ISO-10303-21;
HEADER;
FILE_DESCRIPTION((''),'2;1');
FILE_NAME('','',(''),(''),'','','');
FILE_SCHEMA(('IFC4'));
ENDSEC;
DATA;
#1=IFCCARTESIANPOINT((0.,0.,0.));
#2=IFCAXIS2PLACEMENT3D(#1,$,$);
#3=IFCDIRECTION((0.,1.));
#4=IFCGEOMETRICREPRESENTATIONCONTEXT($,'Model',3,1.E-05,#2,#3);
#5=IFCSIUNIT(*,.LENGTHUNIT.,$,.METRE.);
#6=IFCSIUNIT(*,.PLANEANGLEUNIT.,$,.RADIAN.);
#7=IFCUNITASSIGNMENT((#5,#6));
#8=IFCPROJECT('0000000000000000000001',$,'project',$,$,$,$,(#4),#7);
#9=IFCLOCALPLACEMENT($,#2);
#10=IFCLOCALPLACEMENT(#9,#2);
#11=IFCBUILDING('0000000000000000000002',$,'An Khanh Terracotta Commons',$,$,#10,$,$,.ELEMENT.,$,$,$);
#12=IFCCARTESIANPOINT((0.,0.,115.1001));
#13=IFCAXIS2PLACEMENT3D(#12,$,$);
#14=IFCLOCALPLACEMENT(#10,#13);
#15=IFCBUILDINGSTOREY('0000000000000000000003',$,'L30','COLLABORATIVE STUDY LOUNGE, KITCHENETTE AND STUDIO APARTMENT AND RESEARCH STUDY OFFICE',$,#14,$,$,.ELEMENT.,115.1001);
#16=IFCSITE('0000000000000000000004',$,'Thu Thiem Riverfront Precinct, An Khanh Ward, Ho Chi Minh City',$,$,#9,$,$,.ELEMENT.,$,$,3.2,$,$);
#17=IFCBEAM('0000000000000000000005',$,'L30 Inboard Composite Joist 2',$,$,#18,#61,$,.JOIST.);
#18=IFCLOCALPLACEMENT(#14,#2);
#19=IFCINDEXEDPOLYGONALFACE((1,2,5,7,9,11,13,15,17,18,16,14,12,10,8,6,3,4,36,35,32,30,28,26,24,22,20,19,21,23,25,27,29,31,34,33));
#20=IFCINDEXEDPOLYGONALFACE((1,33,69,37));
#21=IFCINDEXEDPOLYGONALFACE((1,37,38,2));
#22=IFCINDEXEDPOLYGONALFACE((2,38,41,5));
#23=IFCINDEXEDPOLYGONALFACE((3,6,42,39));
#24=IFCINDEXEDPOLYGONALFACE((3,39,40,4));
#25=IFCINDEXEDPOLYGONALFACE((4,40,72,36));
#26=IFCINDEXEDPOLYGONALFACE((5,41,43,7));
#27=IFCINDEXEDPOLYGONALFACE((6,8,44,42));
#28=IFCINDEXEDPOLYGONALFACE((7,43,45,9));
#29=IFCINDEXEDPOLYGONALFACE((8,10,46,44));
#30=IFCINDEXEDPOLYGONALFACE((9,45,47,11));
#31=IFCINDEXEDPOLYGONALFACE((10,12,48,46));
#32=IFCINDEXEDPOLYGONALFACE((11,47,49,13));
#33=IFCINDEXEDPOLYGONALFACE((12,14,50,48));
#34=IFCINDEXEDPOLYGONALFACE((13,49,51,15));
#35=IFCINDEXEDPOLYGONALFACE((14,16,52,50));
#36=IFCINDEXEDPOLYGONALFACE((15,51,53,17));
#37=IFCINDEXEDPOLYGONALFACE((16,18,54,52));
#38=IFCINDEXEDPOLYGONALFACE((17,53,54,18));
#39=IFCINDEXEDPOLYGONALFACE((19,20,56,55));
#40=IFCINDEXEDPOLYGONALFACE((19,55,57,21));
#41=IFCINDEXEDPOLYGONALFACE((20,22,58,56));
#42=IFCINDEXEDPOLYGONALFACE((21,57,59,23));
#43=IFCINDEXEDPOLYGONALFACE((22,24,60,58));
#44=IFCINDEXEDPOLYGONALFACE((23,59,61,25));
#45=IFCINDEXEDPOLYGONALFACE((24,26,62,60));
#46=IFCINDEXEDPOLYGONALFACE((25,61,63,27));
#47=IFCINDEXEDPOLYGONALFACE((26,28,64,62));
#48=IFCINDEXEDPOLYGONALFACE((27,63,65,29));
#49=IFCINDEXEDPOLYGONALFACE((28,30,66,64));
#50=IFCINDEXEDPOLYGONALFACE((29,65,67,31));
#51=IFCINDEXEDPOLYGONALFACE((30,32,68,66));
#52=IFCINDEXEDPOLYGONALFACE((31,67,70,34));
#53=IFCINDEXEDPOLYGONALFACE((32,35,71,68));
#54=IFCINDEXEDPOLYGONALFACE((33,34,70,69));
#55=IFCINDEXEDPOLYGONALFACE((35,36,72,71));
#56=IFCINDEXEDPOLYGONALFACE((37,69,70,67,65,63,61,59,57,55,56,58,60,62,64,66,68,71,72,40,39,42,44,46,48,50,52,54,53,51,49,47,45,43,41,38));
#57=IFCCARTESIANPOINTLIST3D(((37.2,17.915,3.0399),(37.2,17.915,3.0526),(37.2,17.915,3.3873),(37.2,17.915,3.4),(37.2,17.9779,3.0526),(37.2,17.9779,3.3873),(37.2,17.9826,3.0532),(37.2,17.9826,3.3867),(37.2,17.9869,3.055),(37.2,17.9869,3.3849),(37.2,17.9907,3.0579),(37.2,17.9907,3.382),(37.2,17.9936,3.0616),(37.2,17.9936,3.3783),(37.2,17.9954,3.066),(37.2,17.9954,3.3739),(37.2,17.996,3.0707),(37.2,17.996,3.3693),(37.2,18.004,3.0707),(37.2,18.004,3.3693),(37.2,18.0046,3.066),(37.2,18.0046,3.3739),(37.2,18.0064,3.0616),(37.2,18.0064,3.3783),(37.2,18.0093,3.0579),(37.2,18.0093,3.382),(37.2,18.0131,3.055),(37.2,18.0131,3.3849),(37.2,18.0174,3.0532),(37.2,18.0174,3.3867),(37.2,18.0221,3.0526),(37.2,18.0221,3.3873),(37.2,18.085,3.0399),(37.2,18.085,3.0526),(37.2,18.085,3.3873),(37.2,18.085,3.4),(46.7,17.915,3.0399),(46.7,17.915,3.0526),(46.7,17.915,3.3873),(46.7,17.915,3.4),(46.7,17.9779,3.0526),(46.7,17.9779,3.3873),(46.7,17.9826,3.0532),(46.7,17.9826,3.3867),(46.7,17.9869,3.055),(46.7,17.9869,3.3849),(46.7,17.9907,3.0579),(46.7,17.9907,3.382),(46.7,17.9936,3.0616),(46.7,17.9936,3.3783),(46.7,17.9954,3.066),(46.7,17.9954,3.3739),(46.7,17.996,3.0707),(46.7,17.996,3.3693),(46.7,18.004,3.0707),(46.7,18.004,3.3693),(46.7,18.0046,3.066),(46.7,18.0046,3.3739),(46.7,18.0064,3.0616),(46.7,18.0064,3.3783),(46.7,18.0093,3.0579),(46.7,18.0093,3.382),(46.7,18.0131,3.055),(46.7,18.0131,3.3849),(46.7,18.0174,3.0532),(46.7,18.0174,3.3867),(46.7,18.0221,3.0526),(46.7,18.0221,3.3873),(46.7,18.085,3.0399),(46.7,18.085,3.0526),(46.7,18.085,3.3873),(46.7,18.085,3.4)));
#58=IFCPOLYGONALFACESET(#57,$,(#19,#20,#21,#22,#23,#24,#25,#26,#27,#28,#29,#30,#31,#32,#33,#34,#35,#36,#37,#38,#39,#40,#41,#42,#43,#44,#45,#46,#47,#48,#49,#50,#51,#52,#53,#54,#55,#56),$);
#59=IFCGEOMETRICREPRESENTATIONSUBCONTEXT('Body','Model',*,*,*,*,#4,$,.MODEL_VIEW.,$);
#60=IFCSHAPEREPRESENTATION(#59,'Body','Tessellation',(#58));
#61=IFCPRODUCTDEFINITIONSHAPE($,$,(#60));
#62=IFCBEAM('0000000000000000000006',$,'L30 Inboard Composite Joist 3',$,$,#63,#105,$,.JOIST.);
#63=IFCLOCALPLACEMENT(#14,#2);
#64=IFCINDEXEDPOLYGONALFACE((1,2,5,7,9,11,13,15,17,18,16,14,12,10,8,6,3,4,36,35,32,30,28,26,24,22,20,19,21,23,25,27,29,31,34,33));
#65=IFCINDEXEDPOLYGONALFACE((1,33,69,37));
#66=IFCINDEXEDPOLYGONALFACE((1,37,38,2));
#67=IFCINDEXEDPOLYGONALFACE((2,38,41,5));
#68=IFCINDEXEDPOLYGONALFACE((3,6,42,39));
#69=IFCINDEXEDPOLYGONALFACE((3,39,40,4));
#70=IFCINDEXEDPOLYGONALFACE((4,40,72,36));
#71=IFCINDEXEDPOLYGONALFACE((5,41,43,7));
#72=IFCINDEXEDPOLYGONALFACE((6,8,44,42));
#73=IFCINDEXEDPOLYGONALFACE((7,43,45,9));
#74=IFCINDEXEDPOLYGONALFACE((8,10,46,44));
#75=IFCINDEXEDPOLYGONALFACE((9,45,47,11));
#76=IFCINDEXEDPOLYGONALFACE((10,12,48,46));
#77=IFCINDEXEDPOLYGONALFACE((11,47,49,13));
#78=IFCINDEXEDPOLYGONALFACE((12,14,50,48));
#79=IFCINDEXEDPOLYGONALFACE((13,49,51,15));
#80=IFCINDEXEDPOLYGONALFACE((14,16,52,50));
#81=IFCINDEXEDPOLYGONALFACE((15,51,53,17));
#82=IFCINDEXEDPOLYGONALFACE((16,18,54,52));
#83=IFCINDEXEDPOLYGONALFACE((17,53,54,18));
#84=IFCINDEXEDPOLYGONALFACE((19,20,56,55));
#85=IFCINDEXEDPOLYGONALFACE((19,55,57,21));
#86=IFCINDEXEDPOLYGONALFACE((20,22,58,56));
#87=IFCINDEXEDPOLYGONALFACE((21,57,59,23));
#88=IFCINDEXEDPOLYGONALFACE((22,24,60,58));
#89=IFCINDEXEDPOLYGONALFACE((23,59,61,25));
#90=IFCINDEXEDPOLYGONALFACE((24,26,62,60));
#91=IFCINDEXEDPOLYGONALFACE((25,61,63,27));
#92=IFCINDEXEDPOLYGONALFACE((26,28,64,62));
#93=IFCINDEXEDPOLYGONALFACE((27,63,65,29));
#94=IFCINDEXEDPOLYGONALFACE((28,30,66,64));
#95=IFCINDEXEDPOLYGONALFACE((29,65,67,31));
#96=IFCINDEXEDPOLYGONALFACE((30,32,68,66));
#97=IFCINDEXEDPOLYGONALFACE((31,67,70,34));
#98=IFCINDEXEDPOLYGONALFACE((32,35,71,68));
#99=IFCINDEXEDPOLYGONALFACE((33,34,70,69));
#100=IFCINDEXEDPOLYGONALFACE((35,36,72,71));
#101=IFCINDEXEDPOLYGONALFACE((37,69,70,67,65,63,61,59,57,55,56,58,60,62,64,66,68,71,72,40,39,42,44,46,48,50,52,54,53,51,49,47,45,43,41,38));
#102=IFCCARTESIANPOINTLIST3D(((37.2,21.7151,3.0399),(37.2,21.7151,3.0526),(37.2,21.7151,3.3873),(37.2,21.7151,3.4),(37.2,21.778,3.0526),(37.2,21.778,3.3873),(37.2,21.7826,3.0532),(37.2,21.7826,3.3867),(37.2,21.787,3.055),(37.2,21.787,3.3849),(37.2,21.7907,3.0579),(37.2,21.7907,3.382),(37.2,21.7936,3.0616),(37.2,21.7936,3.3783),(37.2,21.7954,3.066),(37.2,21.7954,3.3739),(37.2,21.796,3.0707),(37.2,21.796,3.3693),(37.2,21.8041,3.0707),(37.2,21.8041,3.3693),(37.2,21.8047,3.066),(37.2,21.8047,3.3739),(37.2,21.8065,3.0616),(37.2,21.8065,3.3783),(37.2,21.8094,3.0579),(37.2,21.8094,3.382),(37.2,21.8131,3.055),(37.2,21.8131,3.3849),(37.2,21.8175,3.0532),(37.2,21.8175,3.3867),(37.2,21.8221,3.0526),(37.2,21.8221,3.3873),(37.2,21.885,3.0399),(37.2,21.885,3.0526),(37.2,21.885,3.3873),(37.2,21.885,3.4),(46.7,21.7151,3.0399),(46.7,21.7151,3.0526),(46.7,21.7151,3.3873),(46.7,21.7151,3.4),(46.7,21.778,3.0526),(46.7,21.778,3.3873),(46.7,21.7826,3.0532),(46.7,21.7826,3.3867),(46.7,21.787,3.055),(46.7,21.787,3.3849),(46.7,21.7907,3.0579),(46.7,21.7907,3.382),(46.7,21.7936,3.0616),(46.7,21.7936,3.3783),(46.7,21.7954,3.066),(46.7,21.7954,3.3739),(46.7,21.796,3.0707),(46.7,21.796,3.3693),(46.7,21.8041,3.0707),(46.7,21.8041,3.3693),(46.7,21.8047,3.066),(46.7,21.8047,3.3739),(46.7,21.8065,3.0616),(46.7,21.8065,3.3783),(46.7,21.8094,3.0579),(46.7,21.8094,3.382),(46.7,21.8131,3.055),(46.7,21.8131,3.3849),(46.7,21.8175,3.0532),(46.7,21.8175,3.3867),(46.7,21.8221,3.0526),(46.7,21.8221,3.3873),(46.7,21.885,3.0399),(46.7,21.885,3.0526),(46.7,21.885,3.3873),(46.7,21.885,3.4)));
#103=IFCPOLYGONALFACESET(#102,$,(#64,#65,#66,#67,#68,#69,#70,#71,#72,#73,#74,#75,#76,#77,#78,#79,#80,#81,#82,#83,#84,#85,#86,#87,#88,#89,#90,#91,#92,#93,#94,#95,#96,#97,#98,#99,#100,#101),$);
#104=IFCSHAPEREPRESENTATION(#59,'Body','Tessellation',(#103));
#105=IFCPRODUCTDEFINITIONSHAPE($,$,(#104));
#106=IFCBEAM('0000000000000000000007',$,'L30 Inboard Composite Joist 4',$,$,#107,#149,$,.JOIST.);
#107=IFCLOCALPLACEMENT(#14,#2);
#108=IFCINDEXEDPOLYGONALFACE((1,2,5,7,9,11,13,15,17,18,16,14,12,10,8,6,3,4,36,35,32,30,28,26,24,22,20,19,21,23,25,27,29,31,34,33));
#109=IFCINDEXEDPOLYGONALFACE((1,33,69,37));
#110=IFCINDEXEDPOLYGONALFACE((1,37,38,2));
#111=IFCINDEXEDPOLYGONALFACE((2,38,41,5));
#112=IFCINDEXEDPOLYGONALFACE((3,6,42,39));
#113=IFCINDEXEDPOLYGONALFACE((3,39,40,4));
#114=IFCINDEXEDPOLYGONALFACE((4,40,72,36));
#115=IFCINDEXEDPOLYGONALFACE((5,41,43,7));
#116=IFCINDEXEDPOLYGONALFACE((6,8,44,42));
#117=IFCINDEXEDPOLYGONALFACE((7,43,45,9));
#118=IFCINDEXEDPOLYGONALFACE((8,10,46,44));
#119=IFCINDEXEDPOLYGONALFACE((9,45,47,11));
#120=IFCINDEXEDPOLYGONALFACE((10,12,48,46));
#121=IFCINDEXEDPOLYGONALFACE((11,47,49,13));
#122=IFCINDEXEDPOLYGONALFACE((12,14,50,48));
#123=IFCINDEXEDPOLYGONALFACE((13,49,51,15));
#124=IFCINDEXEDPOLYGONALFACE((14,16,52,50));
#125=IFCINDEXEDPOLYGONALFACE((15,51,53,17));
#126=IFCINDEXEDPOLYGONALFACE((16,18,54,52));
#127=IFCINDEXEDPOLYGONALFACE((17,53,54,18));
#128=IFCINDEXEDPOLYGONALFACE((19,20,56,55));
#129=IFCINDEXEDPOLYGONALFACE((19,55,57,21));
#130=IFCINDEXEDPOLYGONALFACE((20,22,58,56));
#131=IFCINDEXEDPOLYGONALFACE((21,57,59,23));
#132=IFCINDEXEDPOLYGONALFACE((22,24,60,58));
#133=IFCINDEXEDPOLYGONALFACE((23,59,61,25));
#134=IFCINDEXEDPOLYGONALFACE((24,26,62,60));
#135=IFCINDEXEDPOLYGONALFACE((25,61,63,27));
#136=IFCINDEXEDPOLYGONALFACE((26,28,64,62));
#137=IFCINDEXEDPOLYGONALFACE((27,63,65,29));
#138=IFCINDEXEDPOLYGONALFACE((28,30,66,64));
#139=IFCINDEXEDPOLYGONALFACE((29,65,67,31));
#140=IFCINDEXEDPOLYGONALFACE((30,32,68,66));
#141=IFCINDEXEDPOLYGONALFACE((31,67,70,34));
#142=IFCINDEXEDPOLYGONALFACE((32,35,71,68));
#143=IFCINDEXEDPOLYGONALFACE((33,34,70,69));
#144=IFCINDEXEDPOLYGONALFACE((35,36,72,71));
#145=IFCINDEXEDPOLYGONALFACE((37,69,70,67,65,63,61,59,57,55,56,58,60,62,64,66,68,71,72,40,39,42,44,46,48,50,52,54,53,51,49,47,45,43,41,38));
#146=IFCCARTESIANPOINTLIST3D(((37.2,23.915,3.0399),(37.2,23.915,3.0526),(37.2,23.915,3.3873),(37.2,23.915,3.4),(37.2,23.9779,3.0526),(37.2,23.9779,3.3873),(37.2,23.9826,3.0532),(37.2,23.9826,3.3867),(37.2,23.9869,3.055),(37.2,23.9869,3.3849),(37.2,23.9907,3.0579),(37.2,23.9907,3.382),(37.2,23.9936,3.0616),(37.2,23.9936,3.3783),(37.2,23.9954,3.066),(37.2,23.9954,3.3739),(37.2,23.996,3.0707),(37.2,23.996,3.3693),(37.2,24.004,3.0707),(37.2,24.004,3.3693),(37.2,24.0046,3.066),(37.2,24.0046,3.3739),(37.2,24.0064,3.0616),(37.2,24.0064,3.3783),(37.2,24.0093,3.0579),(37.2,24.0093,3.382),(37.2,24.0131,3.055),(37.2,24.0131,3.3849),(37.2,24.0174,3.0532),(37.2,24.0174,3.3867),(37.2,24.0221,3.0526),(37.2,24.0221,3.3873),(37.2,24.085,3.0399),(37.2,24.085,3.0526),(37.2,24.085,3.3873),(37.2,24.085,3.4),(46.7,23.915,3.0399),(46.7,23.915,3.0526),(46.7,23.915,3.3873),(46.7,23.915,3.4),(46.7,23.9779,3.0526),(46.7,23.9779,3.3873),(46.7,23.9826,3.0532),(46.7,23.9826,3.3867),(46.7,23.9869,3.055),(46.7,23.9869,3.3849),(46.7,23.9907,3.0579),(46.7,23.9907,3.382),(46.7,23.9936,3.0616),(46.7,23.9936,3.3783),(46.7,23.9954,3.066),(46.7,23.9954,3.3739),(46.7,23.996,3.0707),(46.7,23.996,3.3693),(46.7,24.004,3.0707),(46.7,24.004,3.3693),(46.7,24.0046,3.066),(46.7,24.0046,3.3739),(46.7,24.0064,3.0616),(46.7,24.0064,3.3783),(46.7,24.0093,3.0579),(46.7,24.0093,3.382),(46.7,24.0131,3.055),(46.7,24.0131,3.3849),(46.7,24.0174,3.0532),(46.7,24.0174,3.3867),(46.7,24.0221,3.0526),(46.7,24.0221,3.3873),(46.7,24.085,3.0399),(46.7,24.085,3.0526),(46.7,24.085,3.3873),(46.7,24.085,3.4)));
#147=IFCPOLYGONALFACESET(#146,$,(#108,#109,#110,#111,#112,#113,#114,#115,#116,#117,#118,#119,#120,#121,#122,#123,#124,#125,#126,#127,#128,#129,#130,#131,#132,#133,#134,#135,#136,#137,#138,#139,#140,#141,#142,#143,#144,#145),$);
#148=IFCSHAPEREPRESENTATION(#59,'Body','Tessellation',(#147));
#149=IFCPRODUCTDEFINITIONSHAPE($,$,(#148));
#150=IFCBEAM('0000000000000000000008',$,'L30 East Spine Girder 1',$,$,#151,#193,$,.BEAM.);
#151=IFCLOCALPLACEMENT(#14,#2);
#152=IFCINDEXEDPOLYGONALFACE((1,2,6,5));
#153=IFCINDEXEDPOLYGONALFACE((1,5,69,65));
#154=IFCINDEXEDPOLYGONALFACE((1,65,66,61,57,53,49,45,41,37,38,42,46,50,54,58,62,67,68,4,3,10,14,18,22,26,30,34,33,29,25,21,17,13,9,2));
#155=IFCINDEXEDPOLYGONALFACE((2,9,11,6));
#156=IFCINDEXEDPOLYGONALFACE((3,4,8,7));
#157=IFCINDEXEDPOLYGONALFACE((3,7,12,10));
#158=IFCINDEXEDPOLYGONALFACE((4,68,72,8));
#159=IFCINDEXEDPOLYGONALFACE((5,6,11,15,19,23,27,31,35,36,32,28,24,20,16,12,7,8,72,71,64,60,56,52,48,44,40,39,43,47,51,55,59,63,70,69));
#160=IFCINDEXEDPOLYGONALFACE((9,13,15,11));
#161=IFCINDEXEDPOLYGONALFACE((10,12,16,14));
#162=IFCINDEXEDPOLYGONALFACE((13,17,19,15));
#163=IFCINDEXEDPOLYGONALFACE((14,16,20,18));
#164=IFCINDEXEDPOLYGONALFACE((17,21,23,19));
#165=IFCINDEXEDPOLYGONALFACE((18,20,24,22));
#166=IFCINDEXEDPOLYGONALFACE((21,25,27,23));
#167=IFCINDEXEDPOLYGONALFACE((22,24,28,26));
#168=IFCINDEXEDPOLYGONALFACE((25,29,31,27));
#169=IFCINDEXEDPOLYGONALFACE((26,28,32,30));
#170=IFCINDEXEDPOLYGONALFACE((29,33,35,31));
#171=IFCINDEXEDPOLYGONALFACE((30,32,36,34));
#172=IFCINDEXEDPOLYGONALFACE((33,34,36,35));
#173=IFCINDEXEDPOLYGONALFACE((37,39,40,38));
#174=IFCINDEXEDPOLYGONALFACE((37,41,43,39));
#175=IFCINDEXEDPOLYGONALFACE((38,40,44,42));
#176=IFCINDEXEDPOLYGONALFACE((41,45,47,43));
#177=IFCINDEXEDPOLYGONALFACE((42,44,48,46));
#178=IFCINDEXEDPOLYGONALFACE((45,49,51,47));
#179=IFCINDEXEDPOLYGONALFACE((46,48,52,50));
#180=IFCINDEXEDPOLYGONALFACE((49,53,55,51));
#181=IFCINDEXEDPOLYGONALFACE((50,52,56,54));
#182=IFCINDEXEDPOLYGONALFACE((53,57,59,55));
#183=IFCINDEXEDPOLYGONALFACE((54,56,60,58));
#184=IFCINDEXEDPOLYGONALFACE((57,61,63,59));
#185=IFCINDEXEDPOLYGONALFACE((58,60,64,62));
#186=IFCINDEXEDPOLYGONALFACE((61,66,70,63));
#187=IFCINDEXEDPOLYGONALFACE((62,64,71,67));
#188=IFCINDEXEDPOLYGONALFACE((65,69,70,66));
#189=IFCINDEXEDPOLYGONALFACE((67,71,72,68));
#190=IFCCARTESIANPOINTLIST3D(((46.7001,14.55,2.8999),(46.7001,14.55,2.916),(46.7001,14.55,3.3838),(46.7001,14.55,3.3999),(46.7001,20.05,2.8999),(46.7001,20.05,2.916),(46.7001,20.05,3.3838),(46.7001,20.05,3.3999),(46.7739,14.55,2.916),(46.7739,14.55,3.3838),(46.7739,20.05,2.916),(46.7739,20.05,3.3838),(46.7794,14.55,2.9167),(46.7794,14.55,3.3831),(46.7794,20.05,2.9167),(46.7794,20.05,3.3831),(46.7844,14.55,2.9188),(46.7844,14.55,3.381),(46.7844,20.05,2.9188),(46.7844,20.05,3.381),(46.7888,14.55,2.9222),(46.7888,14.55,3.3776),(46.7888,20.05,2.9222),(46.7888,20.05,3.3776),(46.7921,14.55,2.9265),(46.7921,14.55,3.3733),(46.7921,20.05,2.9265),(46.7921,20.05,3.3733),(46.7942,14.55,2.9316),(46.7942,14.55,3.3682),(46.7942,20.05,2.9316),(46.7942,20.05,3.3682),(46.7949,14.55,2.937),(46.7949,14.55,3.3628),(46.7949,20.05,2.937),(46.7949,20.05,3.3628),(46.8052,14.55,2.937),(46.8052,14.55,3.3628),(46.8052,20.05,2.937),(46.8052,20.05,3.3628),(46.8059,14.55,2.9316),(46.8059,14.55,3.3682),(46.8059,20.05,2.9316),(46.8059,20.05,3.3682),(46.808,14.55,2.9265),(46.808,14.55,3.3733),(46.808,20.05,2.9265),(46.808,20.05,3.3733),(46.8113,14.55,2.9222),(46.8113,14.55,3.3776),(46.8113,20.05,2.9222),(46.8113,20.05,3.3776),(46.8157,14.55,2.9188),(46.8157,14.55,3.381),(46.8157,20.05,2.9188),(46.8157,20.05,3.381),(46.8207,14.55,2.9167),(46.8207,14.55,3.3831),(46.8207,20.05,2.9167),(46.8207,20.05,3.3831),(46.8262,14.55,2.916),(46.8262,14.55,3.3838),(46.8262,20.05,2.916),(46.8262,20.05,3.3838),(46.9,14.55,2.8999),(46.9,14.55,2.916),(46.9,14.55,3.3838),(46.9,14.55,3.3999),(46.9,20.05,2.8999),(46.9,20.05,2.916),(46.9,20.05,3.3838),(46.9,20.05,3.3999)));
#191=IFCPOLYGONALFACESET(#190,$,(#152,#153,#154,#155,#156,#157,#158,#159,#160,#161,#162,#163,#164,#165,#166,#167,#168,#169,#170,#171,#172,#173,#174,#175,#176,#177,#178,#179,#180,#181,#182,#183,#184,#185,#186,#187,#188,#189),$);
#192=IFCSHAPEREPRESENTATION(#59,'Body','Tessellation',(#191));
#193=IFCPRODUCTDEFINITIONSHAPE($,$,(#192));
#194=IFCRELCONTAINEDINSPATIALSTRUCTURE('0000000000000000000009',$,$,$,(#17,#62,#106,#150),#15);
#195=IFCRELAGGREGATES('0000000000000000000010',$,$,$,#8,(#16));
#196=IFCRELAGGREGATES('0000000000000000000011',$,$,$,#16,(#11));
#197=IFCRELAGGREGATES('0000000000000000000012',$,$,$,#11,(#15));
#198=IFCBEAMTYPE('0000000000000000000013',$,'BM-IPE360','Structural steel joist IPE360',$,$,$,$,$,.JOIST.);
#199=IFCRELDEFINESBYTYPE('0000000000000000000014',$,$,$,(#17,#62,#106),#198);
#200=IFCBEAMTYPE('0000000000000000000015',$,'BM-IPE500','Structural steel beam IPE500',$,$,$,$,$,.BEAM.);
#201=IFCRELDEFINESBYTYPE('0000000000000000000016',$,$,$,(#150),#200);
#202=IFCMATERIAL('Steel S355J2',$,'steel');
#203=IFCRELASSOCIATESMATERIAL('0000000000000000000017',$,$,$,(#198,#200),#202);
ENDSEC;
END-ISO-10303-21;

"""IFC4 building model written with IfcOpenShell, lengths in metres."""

from ifc_helpers import new_model, si_unit, direction, frame, origin, origin_2d, place, context, subcontext, project, spatial, i_section, extrude, material, material_profile, profile_set, type_object, element, save


model = new_model("IFC4")

# Units and contexts
model_context = context("Model", 3, precision=1e-05, world=origin(), true_north=direction((0.0, 1.0)))
body_context = subcontext(model_context, "Body", "Model", "MODEL_VIEW")
ifc_project = project(units=[si_unit("LENGTHUNIT", "METRE"), si_unit("PLANEANGLEUNIT", "RADIAN")], contexts=[model_context])

# Site, building, storey
site_placement = place(None, origin())
site = spatial("IfcSite", under=ifc_project, at=site_placement, Name="Thu Thiem Riverfront Precinct, An Khanh Ward, Ho Chi Minh City", CompositionType="ELEMENT", RefElevation=3.2)
building_placement = place(site_placement, origin())
building = spatial("IfcBuilding", under=site, at=building_placement, Name="An Khanh Terracotta Commons", CompositionType="ELEMENT")
storey_placement = place(building_placement, frame((0.0, 0.0, 115.1001)))
storey = spatial("IfcBuildingStorey", under=building, at=storey_placement, Name="L30", Description="COLLABORATIVE STUDY LOUNGE, KITCHENETTE AND STUDIO APARTMENT AND RESEARCH STUDY OFFICE", CompositionType="ELEMENT", Elevation=115.1001)

# Beams
ifc_material_1 = material(Name="Steel S355J2", Category="steel")
ifc_material_profile_1 = material_profile(ifc_material_1, i_section(OverallWidth=0.1699, OverallDepth=0.3601, WebThickness=0.0081, FlangeThickness=0.0127, FilletRadius=0.0181, at=origin_2d()), Name="IPE360")
ifc_profile_set_1 = profile_set([ifc_material_profile_1], Name="Steel S355J2")
beam_type_1 = type_object("IfcBeamType", Name="BM-IPE360", Description="Structural steel joist IPE360", PredefinedType="JOIST", material=ifc_profile_set_1)
for number, where, z_axis, x_axis, name in (
    (1, (37.2, 18.0, 3.22), (1.0, 0.0, 0.0), (0.0, 1.0, 0.0), "L30 Inboard Composite Joist 2"),
    (2, (37.2, 21.8, 3.22), (1.0, 0.0, 0.0), (0.0, 1.0, 0.0), "L30 Inboard Composite Joist 3"),
    (3, (37.2, 24.0, 3.22), (1.0, 0.0, 0.0), (0.0, 1.0, 0.0), "L30 Inboard Composite Joist 4"),
):
    element("IfcBeam", number, at=place(storey_placement, frame(where, z_axis=z_axis, x_axis=x_axis)), inside=storey, type_object=beam_type_1, Name=name, PredefinedType="JOIST", context=body_context, shape_type="SweptSolid", body=[
        extrude(i_section(OverallWidth=0.1699, OverallDepth=0.3601, WebThickness=0.0081, FlangeThickness=0.0127, FilletRadius=0.0181, at=origin_2d()), origin(), (0.0, 0.0, 1.0), 9.5),
    ])
ifc_material_profile_2 = material_profile(ifc_material_1, i_section(OverallWidth=0.2, OverallDepth=0.5, WebThickness=0.0103, FlangeThickness=0.0161, FilletRadius=0.021, at=origin_2d()), Name="IPE500")
ifc_profile_set_2 = profile_set([ifc_material_profile_2], Name="Steel S355J2")
beam_type_2 = type_object("IfcBeamType", Name="BM-IPE500", Description="Structural steel beam IPE500", PredefinedType="BEAM", material=ifc_profile_set_2)
beam_1_placement = place(storey_placement, frame((46.8, 14.55, 3.1499), z_axis=(0.0, 1.0, 0.0), x_axis=(-1.0, 0.0, 0.0)))
element("IfcBeam", 4, at=beam_1_placement, inside=storey, type_object=beam_type_2, Name="L30 East Spine Girder 1", PredefinedType="BEAM", context=body_context, shape_type="SweptSolid", body=[
    extrude(i_section(OverallWidth=0.2, OverallDepth=0.5, WebThickness=0.0103, FlangeThickness=0.0161, FilletRadius=0.021, at=origin_2d()), origin(), (0.0, 0.0, 1.0), 5.5),
])

save(model, "model.ifc")
